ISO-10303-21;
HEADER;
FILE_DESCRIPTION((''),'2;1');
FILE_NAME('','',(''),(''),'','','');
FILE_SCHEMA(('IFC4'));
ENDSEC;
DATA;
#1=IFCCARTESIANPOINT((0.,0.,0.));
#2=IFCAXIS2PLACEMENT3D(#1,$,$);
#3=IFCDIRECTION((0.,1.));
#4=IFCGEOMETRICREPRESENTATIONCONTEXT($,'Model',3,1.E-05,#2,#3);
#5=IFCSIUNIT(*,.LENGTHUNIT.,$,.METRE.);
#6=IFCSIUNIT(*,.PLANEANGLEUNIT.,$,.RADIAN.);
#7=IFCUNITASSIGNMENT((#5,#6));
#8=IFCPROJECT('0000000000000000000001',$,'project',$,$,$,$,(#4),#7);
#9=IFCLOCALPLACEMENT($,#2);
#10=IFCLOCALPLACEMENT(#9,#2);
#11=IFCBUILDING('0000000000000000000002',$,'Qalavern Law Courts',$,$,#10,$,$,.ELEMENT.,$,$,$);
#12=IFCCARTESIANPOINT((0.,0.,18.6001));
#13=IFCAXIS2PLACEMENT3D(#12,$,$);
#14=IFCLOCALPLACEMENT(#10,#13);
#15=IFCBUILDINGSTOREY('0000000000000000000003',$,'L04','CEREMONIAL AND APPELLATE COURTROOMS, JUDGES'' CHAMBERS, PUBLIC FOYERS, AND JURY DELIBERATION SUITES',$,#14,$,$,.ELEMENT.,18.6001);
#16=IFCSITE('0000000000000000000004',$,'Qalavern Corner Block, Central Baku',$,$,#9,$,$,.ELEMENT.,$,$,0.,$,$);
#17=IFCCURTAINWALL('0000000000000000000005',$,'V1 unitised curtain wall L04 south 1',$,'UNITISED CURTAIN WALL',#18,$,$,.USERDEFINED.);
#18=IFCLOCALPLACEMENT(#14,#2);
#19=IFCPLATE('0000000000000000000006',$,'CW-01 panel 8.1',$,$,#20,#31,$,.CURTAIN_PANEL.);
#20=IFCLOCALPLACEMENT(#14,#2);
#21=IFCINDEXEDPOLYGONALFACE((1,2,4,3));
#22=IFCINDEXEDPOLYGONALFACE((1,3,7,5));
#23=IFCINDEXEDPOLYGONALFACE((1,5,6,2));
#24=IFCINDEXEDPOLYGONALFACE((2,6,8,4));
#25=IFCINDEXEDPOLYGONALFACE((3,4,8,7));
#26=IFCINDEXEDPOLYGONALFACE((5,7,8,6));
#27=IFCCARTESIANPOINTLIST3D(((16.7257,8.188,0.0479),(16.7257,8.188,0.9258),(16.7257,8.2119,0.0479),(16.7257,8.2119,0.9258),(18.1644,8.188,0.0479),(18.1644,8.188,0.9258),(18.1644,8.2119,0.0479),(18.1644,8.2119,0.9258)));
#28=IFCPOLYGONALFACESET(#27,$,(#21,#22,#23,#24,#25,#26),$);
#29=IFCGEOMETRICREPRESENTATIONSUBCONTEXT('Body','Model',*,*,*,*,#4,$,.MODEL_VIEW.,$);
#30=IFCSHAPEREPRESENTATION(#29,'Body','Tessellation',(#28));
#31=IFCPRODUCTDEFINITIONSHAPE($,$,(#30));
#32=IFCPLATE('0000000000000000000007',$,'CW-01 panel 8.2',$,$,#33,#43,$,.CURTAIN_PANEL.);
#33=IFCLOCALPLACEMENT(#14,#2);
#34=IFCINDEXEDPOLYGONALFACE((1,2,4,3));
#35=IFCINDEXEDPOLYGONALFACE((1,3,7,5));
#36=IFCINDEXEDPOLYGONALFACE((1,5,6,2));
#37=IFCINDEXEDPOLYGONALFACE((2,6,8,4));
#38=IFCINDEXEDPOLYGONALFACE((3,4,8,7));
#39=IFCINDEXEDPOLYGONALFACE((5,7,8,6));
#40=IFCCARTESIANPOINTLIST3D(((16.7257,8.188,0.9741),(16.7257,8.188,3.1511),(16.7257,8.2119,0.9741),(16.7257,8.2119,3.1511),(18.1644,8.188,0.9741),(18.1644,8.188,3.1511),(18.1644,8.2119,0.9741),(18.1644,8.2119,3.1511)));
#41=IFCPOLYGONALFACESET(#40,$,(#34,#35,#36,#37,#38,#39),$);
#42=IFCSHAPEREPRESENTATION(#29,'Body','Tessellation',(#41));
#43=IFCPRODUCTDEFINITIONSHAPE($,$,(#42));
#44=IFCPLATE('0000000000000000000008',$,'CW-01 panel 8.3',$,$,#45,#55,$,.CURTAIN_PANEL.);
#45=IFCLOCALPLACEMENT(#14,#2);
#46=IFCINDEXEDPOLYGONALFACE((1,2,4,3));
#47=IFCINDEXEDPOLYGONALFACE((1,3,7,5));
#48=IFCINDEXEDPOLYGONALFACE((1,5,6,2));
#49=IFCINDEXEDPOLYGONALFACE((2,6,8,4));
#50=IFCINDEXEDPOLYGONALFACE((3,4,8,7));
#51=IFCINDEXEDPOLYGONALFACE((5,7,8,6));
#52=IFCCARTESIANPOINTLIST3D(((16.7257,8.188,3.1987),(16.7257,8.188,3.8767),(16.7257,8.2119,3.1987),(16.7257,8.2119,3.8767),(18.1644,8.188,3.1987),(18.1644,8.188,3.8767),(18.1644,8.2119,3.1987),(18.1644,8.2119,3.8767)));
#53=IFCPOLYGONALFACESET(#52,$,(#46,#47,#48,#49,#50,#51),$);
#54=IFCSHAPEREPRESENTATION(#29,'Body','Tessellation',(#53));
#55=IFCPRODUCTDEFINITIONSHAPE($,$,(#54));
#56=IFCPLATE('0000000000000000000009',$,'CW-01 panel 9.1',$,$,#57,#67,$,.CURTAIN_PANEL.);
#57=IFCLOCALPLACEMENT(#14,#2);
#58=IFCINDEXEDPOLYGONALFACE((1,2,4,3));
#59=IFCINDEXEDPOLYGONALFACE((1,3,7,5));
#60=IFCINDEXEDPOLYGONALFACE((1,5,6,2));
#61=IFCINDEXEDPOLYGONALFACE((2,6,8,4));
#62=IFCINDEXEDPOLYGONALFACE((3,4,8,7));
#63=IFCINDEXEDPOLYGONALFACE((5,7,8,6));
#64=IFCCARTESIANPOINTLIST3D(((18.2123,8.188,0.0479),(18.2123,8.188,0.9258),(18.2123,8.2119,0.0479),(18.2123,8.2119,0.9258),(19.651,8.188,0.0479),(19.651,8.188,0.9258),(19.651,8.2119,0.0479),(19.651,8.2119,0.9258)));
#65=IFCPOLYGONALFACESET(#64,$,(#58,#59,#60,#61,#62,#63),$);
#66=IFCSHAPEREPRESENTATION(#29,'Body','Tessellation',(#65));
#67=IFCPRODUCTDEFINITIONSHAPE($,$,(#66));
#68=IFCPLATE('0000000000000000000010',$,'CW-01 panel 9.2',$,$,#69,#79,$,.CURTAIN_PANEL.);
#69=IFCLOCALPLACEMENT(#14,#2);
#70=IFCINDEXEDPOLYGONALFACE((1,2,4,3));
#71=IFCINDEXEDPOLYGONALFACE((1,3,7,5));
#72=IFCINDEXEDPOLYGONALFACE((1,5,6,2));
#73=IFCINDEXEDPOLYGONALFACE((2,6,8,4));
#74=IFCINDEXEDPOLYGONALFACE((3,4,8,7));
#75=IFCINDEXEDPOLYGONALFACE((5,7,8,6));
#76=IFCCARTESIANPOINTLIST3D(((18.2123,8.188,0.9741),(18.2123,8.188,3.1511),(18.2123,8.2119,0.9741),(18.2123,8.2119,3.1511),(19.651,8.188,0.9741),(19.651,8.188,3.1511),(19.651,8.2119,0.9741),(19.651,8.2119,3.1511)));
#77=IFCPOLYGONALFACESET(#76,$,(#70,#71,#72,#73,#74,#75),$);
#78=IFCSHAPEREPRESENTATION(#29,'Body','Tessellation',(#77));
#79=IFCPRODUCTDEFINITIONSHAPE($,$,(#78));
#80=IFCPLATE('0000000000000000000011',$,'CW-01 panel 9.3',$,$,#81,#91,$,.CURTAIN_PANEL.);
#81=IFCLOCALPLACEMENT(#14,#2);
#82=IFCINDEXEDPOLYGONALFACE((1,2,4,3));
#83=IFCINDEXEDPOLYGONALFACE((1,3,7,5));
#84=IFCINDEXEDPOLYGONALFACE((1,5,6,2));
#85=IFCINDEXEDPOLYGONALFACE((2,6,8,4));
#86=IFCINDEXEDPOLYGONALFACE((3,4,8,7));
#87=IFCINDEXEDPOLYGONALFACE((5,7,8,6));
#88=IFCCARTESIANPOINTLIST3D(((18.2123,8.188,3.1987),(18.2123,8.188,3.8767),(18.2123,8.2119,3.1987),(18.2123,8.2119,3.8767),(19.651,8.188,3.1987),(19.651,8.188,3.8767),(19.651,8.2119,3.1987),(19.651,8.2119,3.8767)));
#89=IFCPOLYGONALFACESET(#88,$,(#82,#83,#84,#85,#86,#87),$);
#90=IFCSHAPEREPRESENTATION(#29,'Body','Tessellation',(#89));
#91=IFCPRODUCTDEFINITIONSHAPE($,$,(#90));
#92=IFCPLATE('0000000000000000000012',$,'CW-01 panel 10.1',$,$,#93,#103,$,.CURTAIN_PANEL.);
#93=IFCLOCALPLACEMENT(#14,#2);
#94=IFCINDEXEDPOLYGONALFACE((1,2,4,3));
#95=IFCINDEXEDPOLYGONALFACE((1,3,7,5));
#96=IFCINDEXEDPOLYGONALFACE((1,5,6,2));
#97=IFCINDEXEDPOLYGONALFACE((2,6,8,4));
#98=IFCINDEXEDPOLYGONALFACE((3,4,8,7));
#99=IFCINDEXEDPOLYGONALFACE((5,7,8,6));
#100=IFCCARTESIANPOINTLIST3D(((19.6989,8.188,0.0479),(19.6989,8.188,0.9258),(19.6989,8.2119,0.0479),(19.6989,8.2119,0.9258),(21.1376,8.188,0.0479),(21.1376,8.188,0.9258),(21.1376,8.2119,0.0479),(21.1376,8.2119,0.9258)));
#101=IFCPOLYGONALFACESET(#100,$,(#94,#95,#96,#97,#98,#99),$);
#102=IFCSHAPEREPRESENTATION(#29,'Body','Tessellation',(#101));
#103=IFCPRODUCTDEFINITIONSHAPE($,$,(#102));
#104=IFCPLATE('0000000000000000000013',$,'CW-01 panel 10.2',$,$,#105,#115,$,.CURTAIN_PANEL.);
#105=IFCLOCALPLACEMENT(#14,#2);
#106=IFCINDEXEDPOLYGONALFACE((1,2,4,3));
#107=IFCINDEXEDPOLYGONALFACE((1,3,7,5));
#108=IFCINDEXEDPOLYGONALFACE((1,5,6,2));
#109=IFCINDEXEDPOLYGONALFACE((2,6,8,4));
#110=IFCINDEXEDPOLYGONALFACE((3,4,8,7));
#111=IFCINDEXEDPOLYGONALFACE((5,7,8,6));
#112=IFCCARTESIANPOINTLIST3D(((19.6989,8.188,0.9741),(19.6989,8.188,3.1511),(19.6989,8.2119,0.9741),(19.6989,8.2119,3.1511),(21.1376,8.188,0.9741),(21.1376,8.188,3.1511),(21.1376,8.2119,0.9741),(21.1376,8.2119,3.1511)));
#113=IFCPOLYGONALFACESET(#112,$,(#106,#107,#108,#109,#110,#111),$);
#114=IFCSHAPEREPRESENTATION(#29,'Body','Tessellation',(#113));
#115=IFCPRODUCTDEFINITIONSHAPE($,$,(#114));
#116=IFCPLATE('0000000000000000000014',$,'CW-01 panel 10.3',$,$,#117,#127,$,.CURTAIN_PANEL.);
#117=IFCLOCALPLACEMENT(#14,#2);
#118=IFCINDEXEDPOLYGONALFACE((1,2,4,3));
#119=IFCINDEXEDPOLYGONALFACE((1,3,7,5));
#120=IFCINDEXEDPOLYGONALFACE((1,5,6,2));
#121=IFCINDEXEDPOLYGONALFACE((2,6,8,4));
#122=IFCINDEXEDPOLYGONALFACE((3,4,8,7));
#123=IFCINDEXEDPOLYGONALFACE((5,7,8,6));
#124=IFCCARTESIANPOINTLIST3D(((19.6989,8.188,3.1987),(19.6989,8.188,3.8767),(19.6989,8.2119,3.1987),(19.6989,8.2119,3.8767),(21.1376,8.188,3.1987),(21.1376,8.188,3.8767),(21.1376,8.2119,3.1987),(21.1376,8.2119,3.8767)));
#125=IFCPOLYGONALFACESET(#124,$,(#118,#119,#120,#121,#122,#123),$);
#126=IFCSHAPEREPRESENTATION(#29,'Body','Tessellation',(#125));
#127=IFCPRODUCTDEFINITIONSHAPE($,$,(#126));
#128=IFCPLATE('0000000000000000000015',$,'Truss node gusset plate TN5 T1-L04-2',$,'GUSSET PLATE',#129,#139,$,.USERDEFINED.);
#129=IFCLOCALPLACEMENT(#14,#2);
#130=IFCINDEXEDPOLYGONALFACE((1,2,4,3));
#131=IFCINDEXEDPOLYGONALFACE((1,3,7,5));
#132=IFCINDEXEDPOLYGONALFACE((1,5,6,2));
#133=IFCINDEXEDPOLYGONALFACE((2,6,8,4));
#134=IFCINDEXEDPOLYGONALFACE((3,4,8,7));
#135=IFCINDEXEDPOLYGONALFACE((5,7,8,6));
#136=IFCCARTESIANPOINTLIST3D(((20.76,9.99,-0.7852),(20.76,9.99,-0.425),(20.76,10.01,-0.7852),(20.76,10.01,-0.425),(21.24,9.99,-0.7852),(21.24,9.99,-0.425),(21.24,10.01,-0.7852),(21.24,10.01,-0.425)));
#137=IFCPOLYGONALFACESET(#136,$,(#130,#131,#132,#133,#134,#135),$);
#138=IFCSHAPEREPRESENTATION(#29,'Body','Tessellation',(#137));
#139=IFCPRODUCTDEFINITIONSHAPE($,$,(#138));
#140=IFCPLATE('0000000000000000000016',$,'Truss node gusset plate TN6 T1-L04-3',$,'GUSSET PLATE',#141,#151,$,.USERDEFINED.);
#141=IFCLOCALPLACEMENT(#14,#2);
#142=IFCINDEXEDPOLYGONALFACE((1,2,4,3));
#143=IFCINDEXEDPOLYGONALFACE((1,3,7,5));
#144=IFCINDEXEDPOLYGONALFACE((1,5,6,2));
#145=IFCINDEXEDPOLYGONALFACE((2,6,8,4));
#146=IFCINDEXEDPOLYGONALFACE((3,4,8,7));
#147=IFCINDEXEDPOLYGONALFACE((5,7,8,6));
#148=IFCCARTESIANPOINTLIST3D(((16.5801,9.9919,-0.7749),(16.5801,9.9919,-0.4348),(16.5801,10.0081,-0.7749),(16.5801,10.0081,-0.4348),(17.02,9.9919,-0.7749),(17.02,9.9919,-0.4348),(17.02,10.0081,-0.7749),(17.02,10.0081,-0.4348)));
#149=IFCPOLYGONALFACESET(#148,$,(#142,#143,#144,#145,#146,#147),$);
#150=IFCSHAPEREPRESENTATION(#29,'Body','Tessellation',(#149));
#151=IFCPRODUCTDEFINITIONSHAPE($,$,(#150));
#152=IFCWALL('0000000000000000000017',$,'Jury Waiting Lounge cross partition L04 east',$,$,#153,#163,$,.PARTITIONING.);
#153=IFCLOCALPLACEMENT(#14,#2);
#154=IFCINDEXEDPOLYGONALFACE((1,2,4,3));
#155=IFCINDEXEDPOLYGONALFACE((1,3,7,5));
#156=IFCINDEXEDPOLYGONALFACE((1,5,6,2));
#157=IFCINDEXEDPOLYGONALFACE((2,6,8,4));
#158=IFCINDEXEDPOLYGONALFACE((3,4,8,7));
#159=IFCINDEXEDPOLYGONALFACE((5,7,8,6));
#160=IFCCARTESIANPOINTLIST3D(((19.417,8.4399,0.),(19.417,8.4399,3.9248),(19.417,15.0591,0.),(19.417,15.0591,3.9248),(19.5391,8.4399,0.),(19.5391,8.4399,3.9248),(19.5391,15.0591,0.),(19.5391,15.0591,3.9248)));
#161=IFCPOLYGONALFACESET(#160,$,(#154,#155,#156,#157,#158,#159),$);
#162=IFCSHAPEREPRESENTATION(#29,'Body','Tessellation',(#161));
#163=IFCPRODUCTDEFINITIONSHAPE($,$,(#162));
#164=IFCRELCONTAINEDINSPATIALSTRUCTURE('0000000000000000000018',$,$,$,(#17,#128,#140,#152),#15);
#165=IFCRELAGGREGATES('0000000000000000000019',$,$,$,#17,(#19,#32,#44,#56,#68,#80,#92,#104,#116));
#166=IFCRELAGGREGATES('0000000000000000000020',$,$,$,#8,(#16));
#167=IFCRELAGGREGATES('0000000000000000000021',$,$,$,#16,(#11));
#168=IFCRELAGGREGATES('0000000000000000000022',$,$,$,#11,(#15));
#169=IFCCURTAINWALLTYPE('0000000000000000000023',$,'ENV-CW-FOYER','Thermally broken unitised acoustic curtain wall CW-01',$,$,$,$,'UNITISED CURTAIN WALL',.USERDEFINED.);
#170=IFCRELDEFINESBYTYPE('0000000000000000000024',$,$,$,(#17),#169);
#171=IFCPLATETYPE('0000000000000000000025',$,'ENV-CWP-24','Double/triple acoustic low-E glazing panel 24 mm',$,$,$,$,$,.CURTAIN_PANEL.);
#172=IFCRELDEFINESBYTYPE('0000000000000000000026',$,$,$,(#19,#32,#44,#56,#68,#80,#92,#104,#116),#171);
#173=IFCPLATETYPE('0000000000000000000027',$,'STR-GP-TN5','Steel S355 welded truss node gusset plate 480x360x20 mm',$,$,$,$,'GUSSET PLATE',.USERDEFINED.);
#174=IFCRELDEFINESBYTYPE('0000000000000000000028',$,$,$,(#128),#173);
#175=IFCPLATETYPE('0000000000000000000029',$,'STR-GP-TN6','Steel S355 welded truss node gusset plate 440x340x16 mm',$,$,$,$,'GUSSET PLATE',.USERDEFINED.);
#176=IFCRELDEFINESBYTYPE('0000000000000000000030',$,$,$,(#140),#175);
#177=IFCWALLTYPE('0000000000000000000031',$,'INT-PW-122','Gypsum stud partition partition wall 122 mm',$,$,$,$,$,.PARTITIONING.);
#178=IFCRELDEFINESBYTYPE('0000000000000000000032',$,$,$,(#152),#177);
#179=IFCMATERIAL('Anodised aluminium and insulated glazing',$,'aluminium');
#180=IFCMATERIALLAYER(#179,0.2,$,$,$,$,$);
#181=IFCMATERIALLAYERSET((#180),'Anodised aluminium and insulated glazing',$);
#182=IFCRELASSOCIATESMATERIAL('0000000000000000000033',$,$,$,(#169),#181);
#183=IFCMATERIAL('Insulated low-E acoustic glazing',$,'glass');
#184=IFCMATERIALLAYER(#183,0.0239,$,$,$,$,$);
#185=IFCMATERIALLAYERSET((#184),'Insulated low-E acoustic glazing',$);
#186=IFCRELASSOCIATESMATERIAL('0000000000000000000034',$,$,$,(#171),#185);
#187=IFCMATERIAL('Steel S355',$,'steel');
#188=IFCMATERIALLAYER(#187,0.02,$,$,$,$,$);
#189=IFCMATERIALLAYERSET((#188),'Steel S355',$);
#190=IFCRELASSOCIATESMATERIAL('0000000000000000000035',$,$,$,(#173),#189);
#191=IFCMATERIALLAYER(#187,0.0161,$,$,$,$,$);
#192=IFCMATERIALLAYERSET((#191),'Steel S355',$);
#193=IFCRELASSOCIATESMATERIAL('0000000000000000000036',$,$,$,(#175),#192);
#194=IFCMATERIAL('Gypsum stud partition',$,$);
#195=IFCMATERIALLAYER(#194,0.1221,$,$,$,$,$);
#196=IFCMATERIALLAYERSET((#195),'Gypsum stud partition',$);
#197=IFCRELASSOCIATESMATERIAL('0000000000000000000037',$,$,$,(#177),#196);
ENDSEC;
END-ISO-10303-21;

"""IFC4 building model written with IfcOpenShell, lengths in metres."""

from ifc_helpers import new_model, si_unit, direction, frame, frame_2d, origin, origin_2d, place, context, subcontext, project, spatial, rectangle, extrude, material, layer, layer_set, type_object, element, aggregate, save


model = new_model("IFC4")

# Units and contexts
model_context = context("Model", 3, precision=1e-05, world=origin(), true_north=direction((0.0, 1.0)))
body_context = subcontext(model_context, "Body", "Model", "MODEL_VIEW")
ifc_project = project(units=[si_unit("LENGTHUNIT", "METRE"), si_unit("PLANEANGLEUNIT", "RADIAN")], contexts=[model_context])

# Site, building, storey
site_placement = place(None, origin())
site = spatial("IfcSite", under=ifc_project, at=site_placement, Name="Qalavern Corner Block, Central Baku", CompositionType="ELEMENT", RefElevation=0.0)
building_placement = place(site_placement, origin())
building = spatial("IfcBuilding", under=site, at=building_placement, Name="Qalavern Law Courts", CompositionType="ELEMENT")
storey_placement = place(building_placement, frame((0.0, 0.0, 18.6001)))
storey = spatial("IfcBuildingStorey", under=building, at=storey_placement, Name="L04", Description="CEREMONIAL AND APPELLATE COURTROOMS, JUDGES' CHAMBERS, PUBLIC FOYERS, AND JURY DELIBERATION SUITES", CompositionType="ELEMENT", Elevation=18.6001)

# Curtain wall
ifc_material_1 = material(Name="Anodised aluminium and insulated glazing", Category="aluminium")
ifc_layer_1 = layer(ifc_material_1, 0.2)
ifc_layer_set_1 = layer_set([ifc_layer_1], Name="Anodised aluminium and insulated glazing")
curtain_wall_type = type_object("IfcCurtainWallType", Name="ENV-CW-FOYER", Description="Thermally broken unitised acoustic curtain wall CW-01", ElementType="UNITISED CURTAIN WALL", PredefinedType="USERDEFINED", material=ifc_layer_set_1)
curtain_wall_placement = place(storey_placement, origin())
curtain_wall = element("IfcCurtainWall", 1, at=curtain_wall_placement, inside=storey, type_object=curtain_wall_type, Name="V1 unitised curtain wall L04 south 1", ObjectType="UNITISED CURTAIN WALL", PredefinedType="USERDEFINED")

# Shared definitions
ifc_material_2 = material(Name="Steel S355", Category="steel")

# Plates
ifc_material_3 = material(Name="Insulated low-E acoustic glazing", Category="glass")
ifc_layer_2 = layer(ifc_material_3, 0.0239)
ifc_layer_set_2 = layer_set([ifc_layer_2], Name="Insulated low-E acoustic glazing")
plate_type_1 = type_object("IfcPlateType", Name="ENV-CWP-24", Description="Double/triple acoustic low-E glazing panel 24 mm", PredefinedType="CURTAIN_PANEL", material=ifc_layer_set_2)
plate_1_placement = place(storey_placement, frame((17.4451, 8.2, 0.0479), z_axis=(0.0, 0.0, 1.0), x_axis=(1.0, 0.0, 0.0)))
plate_1 = element("IfcPlate", 2, at=plate_1_placement, type_object=plate_type_1, Name="CW-01 panel 8.1", PredefinedType="CURTAIN_PANEL", context=body_context, shape_type="SweptSolid", body=[
    extrude(rectangle(XDim=1.4387, YDim=0.0239, at=origin_2d()), origin(), (0.0, 0.0, 1.0), 0.8779),
])
plate_2_placement = place(storey_placement, frame((17.4451, 8.2, 0.9741), z_axis=(0.0, 0.0, 1.0), x_axis=(1.0, 0.0, 0.0)))
plate_2 = element("IfcPlate", 3, at=plate_2_placement, type_object=plate_type_1, Name="CW-01 panel 8.2", PredefinedType="CURTAIN_PANEL", context=body_context, shape_type="SweptSolid", body=[
    extrude(rectangle(XDim=1.4387, YDim=0.0239, at=origin_2d()), origin(), (0.0, 0.0, 1.0), 2.177),
])
plate_3_placement = place(storey_placement, frame((17.4451, 8.2, 3.1987), z_axis=(0.0, 0.0, 1.0), x_axis=(1.0, 0.0, 0.0)))
plate_3 = element("IfcPlate", 4, at=plate_3_placement, type_object=plate_type_1, Name="CW-01 panel 8.3", PredefinedType="CURTAIN_PANEL", context=body_context, shape_type="SweptSolid", body=[
    extrude(rectangle(XDim=1.4387, YDim=0.0239, at=origin_2d()), origin(), (0.0, 0.0, 1.0), 0.678),
])
plate_4_placement = place(storey_placement, frame((18.9316, 8.2, 0.0479), z_axis=(0.0, 0.0, 1.0), x_axis=(1.0, 0.0, 0.0)))
plate_4 = element("IfcPlate", 5, at=plate_4_placement, type_object=plate_type_1, Name="CW-01 panel 9.1", PredefinedType="CURTAIN_PANEL", context=body_context, shape_type="SweptSolid", body=[
    extrude(rectangle(XDim=1.4387, YDim=0.0239, at=origin_2d()), origin(), (0.0, 0.0, 1.0), 0.8779),
])
plate_5_placement = place(storey_placement, frame((18.9316, 8.2, 0.9741), z_axis=(0.0, 0.0, 1.0), x_axis=(1.0, 0.0, 0.0)))
plate_5 = element("IfcPlate", 6, at=plate_5_placement, type_object=plate_type_1, Name="CW-01 panel 9.2", PredefinedType="CURTAIN_PANEL", context=body_context, shape_type="SweptSolid", body=[
    extrude(rectangle(XDim=1.4387, YDim=0.0239, at=origin_2d()), origin(), (0.0, 0.0, 1.0), 2.177),
])
plate_6_placement = place(storey_placement, frame((18.9316, 8.2, 3.1987), z_axis=(0.0, 0.0, 1.0), x_axis=(1.0, 0.0, 0.0)))
plate_6 = element("IfcPlate", 7, at=plate_6_placement, type_object=plate_type_1, Name="CW-01 panel 9.3", PredefinedType="CURTAIN_PANEL", context=body_context, shape_type="SweptSolid", body=[
    extrude(rectangle(XDim=1.4387, YDim=0.0239, at=origin_2d()), origin(), (0.0, 0.0, 1.0), 0.678),
])
plate_7_placement = place(storey_placement, frame((20.4182, 8.2, 0.0479), z_axis=(0.0, 0.0, 1.0), x_axis=(1.0, 0.0, 0.0)))
plate_7 = element("IfcPlate", 8, at=plate_7_placement, type_object=plate_type_1, Name="CW-01 panel 10.1", PredefinedType="CURTAIN_PANEL", context=body_context, shape_type="SweptSolid", body=[
    extrude(rectangle(XDim=1.4387, YDim=0.0239, at=origin_2d()), origin(), (0.0, 0.0, 1.0), 0.8779),
])
plate_8_placement = place(storey_placement, frame((20.4182, 8.2, 0.9741), z_axis=(0.0, 0.0, 1.0), x_axis=(1.0, 0.0, 0.0)))
plate_8 = element("IfcPlate", 9, at=plate_8_placement, type_object=plate_type_1, Name="CW-01 panel 10.2", PredefinedType="CURTAIN_PANEL", context=body_context, shape_type="SweptSolid", body=[
    extrude(rectangle(XDim=1.4387, YDim=0.0239, at=origin_2d()), origin(), (0.0, 0.0, 1.0), 2.177),
])
plate_9_placement = place(storey_placement, frame((20.4182, 8.2, 3.1987), z_axis=(0.0, 0.0, 1.0), x_axis=(1.0, 0.0, 0.0)))
plate_9 = element("IfcPlate", 10, at=plate_9_placement, type_object=plate_type_1, Name="CW-01 panel 10.3", PredefinedType="CURTAIN_PANEL", context=body_context, shape_type="SweptSolid", body=[
    extrude(rectangle(XDim=1.4387, YDim=0.0239, at=origin_2d()), origin(), (0.0, 0.0, 1.0), 0.678),
])
aggregate(curtain_wall, [plate_1, plate_2, plate_3, plate_4, plate_5, plate_6, plate_7, plate_8, plate_9])

# Plates
ifc_layer_3 = layer(ifc_material_2, 0.02)
ifc_layer_set_3 = layer_set([ifc_layer_3], Name="Steel S355")
plate_type_2 = type_object("IfcPlateType", Name="STR-GP-TN5", Description="Steel S355 welded truss node gusset plate 480x360x20 mm", ElementType="GUSSET PLATE", PredefinedType="USERDEFINED", material=ifc_layer_set_3)
plate_10_placement = place(storey_placement, frame((21.0, 10.0, -0.7852), z_axis=(0.0, 0.0, 1.0), x_axis=(1.0, 0.0, 0.0)))
element("IfcPlate", 11, at=plate_10_placement, inside=storey, type_object=plate_type_2, Name="Truss node gusset plate TN5 T1-L04-2", ObjectType="GUSSET PLATE", PredefinedType="USERDEFINED", context=body_context, shape_type="SweptSolid", body=[
    extrude(rectangle(XDim=0.48, YDim=0.02, at=origin_2d()), origin(), (0.0, 0.0, 1.0), 0.3601),
])
ifc_layer_4 = layer(ifc_material_2, 0.0161)
ifc_layer_set_4 = layer_set([ifc_layer_4], Name="Steel S355")
plate_type_3 = type_object("IfcPlateType", Name="STR-GP-TN6", Description="Steel S355 welded truss node gusset plate 440x340x16 mm", ElementType="GUSSET PLATE", PredefinedType="USERDEFINED", material=ifc_layer_set_4)
plate_11_placement = place(storey_placement, frame((16.8, 10.0, -0.7749), z_axis=(0.0, 0.0, 1.0), x_axis=(1.0, 0.0, 0.0)))
element("IfcPlate", 12, at=plate_11_placement, inside=storey, type_object=plate_type_3, Name="Truss node gusset plate TN6 T1-L04-3", ObjectType="GUSSET PLATE", PredefinedType="USERDEFINED", context=body_context, shape_type="SweptSolid", body=[
    extrude(rectangle(XDim=0.4399, YDim=0.0161, at=origin_2d()), origin(), (0.0, 0.0, 1.0), 0.3401),
])

# Wall
ifc_material_4 = material(Name="Gypsum stud partition")
ifc_layer_5 = layer(ifc_material_4, 0.1221)
ifc_layer_set_5 = layer_set([ifc_layer_5], Name="Gypsum stud partition")
wall_type = type_object("IfcWallType", Name="INT-PW-122", Description="Gypsum stud partition partition wall 122 mm", PredefinedType="PARTITIONING", material=ifc_layer_set_5)
wall_placement = place(storey_placement, frame((19.478, 8.4399, 0.0), z_axis=(0.0, 0.0, 1.0), x_axis=(0.0, 1.0, 0.0)))
element("IfcWall", 13, at=wall_placement, inside=storey, type_object=wall_type, Name="Jury Waiting Lounge cross partition L04 east", PredefinedType="PARTITIONING", context=body_context, shape_type="SweptSolid", body=[
    extrude(rectangle(XDim=6.6191, YDim=0.1221, at=frame_2d((3.3096, 0.0))), origin(), (0.0, 0.0, 1.0), 3.9248),
])

save(model, "model.ifc")
